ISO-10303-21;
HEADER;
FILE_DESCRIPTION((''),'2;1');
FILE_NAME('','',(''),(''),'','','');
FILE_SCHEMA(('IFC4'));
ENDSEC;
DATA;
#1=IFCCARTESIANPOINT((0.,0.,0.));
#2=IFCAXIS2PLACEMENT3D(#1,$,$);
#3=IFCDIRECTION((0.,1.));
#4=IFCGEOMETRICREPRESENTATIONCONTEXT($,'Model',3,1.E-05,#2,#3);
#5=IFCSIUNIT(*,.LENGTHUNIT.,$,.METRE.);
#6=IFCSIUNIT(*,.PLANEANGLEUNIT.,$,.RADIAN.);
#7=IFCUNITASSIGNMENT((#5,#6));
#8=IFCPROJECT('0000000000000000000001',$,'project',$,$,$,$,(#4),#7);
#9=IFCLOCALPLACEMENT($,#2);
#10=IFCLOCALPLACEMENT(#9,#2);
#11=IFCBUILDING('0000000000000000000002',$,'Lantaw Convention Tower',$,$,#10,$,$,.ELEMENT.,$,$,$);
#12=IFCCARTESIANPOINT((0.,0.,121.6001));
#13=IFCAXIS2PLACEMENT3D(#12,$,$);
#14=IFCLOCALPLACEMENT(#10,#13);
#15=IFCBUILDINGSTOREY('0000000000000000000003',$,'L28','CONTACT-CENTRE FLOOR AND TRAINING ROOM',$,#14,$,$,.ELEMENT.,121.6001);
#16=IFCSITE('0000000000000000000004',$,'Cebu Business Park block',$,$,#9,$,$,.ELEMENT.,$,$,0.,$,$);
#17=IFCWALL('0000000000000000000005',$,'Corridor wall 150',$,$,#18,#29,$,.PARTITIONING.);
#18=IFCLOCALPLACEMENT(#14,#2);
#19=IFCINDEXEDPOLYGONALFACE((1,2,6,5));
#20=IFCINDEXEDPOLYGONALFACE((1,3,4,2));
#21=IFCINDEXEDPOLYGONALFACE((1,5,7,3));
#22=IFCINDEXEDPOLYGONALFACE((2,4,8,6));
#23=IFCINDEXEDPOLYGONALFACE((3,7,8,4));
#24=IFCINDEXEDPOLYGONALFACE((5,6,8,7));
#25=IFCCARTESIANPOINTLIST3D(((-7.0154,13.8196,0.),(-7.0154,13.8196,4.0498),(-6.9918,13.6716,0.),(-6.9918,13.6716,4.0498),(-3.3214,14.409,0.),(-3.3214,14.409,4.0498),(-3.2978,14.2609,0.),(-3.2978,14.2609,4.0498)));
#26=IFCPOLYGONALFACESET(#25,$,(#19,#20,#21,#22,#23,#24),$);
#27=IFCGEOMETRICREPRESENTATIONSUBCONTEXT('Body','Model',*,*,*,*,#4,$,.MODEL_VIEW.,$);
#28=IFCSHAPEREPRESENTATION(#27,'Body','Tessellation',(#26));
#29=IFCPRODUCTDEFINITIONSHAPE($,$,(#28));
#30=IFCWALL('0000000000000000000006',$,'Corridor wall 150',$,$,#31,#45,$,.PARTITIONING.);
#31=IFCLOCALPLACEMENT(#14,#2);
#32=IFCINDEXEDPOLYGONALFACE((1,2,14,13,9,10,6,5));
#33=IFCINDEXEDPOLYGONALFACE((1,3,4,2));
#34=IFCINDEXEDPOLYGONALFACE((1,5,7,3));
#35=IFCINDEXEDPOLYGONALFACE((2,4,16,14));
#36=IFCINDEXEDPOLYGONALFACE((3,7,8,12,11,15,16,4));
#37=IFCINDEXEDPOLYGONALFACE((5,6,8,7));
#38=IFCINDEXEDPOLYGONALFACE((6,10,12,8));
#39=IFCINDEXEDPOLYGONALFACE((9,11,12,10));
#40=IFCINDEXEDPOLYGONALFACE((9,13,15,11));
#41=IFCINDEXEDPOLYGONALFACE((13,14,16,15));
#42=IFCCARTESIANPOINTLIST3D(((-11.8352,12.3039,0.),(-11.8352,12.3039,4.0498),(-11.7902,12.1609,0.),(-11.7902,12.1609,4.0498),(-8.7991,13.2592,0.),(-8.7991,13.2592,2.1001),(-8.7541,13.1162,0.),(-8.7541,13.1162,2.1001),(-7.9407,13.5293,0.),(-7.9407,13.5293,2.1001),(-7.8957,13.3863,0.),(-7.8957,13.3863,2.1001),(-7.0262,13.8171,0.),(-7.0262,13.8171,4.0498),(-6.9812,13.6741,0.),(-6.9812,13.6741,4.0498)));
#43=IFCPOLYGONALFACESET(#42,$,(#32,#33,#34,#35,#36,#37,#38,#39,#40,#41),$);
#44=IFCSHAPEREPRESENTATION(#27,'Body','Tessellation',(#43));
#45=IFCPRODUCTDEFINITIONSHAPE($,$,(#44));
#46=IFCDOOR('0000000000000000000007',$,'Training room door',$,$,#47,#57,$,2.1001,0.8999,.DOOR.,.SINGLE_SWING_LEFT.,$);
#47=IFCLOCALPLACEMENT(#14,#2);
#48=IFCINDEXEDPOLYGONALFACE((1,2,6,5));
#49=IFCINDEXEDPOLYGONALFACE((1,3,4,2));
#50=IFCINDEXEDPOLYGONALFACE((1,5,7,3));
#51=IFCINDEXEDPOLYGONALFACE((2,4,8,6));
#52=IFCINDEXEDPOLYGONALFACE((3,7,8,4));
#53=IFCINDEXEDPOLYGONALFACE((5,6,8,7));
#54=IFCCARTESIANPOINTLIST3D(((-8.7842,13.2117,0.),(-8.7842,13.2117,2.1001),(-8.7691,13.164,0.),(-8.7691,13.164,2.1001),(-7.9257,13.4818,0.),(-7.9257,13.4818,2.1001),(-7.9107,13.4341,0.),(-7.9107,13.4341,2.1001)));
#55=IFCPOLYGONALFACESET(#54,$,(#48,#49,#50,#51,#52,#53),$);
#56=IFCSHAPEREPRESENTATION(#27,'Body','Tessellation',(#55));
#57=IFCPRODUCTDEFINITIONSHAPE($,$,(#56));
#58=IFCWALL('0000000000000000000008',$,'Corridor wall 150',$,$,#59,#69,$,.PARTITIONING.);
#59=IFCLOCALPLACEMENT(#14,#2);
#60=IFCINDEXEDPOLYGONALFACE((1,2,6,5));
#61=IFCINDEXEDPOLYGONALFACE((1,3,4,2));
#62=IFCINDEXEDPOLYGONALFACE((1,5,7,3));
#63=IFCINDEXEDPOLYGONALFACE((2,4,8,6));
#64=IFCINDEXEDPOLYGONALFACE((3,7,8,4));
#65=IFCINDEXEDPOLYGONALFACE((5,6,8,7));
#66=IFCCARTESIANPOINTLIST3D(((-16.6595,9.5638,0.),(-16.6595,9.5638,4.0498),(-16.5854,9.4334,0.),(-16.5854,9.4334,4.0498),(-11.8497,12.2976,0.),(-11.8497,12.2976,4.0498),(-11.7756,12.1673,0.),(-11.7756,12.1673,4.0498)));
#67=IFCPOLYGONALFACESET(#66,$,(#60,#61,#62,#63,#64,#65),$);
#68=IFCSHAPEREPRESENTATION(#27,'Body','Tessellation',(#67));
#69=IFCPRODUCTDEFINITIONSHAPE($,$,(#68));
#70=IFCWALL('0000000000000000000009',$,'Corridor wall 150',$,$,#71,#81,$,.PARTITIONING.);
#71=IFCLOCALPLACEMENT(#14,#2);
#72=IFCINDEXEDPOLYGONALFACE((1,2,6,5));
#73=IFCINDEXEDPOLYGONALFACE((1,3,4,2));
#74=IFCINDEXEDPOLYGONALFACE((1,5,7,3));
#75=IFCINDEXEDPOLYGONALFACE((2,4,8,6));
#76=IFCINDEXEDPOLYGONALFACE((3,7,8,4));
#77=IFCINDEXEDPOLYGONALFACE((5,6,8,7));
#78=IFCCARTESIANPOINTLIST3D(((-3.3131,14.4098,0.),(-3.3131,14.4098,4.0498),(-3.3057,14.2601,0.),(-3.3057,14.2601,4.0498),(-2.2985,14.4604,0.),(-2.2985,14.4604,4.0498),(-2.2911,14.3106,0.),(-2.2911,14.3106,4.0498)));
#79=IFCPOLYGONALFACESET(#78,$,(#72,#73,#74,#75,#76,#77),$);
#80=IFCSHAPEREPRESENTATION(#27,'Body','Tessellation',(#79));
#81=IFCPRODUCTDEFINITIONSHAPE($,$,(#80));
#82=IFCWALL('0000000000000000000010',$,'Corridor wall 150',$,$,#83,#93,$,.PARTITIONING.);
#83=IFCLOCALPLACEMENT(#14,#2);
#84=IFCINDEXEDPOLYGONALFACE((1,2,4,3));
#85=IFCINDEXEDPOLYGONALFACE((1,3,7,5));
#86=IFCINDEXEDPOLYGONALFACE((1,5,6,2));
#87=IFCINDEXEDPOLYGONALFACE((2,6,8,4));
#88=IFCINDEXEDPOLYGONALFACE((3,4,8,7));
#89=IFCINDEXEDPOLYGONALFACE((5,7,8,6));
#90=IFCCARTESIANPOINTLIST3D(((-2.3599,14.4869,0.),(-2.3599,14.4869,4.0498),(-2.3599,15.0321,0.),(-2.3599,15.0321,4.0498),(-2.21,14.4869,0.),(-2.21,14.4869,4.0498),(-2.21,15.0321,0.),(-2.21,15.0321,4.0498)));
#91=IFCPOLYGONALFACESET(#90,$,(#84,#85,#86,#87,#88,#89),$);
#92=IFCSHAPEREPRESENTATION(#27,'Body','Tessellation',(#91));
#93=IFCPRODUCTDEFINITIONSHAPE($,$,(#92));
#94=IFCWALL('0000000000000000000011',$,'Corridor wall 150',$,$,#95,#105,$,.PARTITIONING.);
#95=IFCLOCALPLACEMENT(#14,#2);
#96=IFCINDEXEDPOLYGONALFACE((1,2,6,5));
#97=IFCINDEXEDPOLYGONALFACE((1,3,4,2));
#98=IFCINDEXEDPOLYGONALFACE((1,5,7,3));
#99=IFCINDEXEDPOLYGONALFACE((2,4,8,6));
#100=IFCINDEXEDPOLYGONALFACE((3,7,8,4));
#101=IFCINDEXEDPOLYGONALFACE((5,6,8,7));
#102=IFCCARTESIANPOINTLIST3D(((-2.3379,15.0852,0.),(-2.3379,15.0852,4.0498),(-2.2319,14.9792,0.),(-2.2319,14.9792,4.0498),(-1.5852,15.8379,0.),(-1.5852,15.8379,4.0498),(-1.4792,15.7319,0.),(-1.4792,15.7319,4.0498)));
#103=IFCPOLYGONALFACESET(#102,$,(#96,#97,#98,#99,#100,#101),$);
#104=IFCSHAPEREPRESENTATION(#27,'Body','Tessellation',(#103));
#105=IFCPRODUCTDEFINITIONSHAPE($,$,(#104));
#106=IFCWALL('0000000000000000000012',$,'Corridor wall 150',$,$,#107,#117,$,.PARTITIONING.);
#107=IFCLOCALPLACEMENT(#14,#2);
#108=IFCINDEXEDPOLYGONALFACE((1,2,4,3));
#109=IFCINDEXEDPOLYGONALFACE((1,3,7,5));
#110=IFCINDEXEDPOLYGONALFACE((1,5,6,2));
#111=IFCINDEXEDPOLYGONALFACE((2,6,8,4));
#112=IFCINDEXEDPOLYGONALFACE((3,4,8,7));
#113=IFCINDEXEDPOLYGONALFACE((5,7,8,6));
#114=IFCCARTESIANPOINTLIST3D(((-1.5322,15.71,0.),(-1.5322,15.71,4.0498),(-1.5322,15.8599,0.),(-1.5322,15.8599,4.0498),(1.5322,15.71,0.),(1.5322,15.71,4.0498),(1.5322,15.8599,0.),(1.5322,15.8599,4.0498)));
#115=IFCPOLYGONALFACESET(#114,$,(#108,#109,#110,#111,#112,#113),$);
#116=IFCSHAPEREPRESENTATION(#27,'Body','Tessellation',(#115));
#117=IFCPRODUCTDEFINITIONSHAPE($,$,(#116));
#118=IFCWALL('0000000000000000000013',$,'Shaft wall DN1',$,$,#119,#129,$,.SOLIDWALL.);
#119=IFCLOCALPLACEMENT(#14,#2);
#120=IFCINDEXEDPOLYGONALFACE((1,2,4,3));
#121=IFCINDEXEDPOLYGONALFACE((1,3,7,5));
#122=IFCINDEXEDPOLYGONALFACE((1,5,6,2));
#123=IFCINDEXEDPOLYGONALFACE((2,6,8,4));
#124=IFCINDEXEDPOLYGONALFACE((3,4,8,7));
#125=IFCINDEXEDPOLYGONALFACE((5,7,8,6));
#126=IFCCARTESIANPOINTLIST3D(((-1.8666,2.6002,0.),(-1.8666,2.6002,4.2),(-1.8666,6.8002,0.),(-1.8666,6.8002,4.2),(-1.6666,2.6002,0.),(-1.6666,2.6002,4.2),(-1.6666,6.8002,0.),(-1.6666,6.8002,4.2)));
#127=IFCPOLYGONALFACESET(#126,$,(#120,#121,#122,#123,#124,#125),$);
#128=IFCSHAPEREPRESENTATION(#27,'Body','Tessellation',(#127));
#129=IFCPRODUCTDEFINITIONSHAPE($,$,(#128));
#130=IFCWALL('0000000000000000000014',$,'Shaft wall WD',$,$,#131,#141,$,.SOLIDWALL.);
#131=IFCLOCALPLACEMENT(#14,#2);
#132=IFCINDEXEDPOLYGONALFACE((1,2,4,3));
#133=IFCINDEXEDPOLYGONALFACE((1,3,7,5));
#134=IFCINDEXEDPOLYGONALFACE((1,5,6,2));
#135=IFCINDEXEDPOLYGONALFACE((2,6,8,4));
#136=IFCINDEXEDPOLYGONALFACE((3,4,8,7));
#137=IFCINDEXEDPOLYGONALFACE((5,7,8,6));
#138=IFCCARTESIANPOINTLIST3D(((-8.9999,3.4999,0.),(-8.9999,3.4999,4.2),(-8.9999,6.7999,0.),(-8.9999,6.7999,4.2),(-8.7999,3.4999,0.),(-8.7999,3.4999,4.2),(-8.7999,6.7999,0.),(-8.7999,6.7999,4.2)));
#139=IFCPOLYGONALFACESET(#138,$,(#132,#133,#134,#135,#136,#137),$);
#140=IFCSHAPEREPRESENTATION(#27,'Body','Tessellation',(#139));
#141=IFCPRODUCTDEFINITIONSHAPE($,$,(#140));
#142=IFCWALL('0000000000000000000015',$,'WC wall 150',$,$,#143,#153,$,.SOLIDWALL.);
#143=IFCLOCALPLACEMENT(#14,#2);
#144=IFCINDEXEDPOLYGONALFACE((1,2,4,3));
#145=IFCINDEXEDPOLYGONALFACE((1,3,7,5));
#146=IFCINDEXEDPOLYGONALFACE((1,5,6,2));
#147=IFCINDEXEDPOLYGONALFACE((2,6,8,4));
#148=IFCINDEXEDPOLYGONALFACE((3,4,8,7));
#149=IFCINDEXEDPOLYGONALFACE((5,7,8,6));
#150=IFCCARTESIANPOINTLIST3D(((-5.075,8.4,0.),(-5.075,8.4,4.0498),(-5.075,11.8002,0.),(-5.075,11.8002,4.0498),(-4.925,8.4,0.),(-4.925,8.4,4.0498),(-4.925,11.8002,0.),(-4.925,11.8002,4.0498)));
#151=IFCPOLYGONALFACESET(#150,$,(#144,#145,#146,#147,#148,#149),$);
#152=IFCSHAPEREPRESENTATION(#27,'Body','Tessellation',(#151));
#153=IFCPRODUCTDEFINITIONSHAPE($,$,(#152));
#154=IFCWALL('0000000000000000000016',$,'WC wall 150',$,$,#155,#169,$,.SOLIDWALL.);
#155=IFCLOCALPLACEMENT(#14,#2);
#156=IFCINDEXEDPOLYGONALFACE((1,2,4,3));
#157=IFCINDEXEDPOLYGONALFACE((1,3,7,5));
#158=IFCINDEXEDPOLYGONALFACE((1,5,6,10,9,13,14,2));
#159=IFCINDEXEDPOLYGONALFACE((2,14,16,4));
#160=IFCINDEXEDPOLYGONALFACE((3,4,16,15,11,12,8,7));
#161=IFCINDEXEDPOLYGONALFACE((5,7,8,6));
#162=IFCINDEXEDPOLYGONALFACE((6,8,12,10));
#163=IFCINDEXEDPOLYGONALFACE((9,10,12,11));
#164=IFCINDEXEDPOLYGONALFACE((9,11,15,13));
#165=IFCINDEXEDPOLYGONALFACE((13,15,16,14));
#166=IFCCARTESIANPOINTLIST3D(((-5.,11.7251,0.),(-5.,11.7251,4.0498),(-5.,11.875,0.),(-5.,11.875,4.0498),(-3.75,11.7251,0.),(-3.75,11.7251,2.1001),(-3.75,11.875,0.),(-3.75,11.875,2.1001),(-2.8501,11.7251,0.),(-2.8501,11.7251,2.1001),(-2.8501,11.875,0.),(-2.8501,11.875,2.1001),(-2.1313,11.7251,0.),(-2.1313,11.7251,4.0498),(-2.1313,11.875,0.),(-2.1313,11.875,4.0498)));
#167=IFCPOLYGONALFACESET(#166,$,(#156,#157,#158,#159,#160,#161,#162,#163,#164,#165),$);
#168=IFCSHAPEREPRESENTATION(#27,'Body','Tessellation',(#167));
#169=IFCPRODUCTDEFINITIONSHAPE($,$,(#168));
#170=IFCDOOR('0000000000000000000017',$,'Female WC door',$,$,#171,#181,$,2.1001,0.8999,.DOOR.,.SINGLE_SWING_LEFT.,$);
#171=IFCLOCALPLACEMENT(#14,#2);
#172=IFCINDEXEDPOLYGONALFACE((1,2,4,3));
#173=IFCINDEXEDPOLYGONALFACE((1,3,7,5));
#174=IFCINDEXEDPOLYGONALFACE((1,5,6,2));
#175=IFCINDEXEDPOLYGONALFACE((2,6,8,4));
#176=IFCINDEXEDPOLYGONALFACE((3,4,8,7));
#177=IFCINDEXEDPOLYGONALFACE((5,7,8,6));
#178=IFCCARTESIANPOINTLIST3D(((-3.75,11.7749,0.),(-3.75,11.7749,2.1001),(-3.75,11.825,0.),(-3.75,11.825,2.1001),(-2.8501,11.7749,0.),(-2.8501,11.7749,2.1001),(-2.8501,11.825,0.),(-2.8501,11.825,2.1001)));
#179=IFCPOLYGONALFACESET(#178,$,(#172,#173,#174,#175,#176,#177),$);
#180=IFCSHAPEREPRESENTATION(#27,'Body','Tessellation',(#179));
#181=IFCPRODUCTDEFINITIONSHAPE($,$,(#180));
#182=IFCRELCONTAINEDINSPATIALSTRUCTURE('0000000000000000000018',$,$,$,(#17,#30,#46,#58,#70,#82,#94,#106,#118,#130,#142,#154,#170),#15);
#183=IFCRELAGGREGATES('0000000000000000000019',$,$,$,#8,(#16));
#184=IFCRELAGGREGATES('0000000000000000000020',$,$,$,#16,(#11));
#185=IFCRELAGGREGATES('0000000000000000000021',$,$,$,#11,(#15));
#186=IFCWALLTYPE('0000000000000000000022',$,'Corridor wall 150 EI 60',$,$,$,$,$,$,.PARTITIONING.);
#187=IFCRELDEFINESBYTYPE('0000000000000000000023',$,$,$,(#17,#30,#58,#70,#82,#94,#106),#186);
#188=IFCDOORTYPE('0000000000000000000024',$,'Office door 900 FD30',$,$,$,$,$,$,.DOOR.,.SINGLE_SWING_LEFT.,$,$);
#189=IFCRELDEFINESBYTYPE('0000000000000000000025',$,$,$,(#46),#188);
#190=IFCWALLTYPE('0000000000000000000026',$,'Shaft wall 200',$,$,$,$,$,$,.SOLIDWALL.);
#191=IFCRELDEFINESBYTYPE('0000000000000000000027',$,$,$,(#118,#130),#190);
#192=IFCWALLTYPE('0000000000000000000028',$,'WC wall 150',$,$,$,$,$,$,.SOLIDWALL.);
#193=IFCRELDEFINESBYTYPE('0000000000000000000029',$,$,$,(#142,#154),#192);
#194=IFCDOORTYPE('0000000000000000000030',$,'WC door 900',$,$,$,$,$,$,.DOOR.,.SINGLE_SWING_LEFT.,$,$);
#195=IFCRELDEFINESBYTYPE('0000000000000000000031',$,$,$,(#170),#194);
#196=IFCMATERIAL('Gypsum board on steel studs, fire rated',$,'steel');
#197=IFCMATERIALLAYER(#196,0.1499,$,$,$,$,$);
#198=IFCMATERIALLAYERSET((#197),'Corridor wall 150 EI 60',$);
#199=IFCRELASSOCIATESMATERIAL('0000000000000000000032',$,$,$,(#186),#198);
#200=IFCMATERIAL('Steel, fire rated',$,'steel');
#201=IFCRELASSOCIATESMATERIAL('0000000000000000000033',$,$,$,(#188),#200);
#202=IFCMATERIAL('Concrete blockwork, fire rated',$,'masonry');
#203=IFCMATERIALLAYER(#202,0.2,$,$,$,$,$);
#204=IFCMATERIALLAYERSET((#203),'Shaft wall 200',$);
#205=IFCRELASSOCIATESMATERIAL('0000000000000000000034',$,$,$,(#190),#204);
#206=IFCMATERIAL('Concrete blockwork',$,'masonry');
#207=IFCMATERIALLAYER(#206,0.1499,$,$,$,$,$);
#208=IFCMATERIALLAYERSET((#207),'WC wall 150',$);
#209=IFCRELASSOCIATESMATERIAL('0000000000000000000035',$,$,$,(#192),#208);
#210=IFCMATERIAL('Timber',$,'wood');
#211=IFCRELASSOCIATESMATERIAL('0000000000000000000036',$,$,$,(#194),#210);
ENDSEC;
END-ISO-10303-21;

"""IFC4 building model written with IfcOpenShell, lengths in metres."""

from ifc_helpers import new_model, si_unit, direction, frame, frame_2d, origin, place, context, subcontext, project, spatial, rectangle, extrude, material, layer, layer_set, type_object, element, fill, save


model = new_model("IFC4")

# Units and contexts
model_context = context("Model", 3, precision=1e-05, world=origin(), true_north=direction((0.0, 1.0)))
body_context = subcontext(model_context, "Body", "Model", "MODEL_VIEW")
ifc_project = project(units=[si_unit("LENGTHUNIT", "METRE"), si_unit("PLANEANGLEUNIT", "RADIAN")], contexts=[model_context])

# Site, building, storey
site_placement = place(None, origin())
site = spatial("IfcSite", under=ifc_project, at=site_placement, Name="Cebu Business Park block", CompositionType="ELEMENT", RefElevation=0.0)
building_placement = place(site_placement, origin())
building = spatial("IfcBuilding", under=site, at=building_placement, Name="Lantaw Convention Tower", CompositionType="ELEMENT")
storey_placement = place(building_placement, frame((0.0, 0.0, 121.6001)))
storey = spatial("IfcBuildingStorey", under=building, at=storey_placement, Name="L28", Description="CONTACT-CENTRE FLOOR AND TRAINING ROOM", CompositionType="ELEMENT", Elevation=121.6001)

# Shared definitions
ifc_material_1 = material(Name="Steel, fire rated", Category="steel")

# Wall
ifc_material_2 = material(Name="Gypsum board on steel studs, fire rated", Category="steel")
ifc_layer_1 = layer(ifc_material_2, 0.1499)
ifc_layer_set_1 = layer_set([ifc_layer_1], Name="Corridor wall 150 EI 60")
wall_type_1 = type_object("IfcWallType", Name="Corridor wall 150 EI 60", PredefinedType="PARTITIONING", material=ifc_layer_set_1)
wall_1_placement = place(storey_placement, frame((-3.3096, 14.335, 0.0), z_axis=(0.0, 0.0, 1.0), x_axis=(-0.987511, -0.157548, 0.0)))
element("IfcWall", 1, at=wall_1_placement, inside=storey, type_object=wall_type_1, Name="Corridor wall 150", PredefinedType="PARTITIONING", context=body_context, shape_type="SweptSolid", body=[
    extrude(rectangle(XDim=3.7407, YDim=0.1499, at=frame_2d((1.8704, 0.0))), origin(), (0.0, 0.0, 1.0), 4.0498),
])

# Wall, opening, door
wall_2_placement = place(storey_placement, frame((-7.0037, 13.7456, 0.0), z_axis=(0.0, 0.0, 1.0), x_axis=(-0.953894, -0.300144, 0.0)))
wall_2 = element("IfcWall", 2, at=wall_2_placement, inside=storey, type_object=wall_type_1, Name="Corridor wall 150", PredefinedType="PARTITIONING", context=body_context, shape_type="SweptSolid", body=[
    extrude(rectangle(XDim=5.0415, YDim=0.1499, at=frame_2d((2.5208, 0.0))), origin(), (0.0, 0.0, 1.0), 4.0498),
])
opening_1_placement = place(wall_2_placement, frame((0.9587, 0.0, 0.0)))
opening_1 = element("IfcOpeningElement", 3, at=opening_1_placement, cuts=wall_2, PredefinedType="OPENING", context=body_context, shape_type="SweptSolid", body=[
    extrude(rectangle(XDim=0.8999, YDim=2.1001, at=frame_2d((0.45, 1.05))), frame((0.0, 0.085, 0.0), z_axis=(0.0, -1.0, 0.0), x_axis=(1.0, 0.0, 0.0)), (0.0, 0.0, 1.0), 0.1699),
])
door_type_1 = type_object("IfcDoorType", Name="Office door 900 FD30", OperationType="SINGLE_SWING_LEFT", PredefinedType="DOOR", material=ifc_material_1)
door_1_placement = place(opening_1_placement, origin())
door_1 = element("IfcDoor", 4, at=door_1_placement, inside=storey, type_object=door_type_1, Name="Training room door", OperationType="SINGLE_SWING_LEFT", OverallHeight=2.1001, OverallWidth=0.8999, PredefinedType="DOOR", context=body_context, shape_type="SweptSolid", body=[
    extrude(rectangle(XDim=0.8999, YDim=2.1001, at=frame_2d((0.45, 1.05))), frame((0.0, 0.0249, 0.0), z_axis=(0.0, -1.0, 0.0), x_axis=(1.0, 0.0, 0.0)), (0.0, 0.0, 1.0), 0.05),
])
fill(opening_1, door_1)

# Walls
wall_3_placement = place(storey_placement, frame((-11.8127, 12.2324, 0.0), z_axis=(0.0, 0.0, 1.0), x_axis=(-0.869376, -0.494151, 0.0)))
element("IfcWall", 5, at=wall_3_placement, inside=storey, type_object=wall_type_1, Name="Corridor wall 150", PredefinedType="PARTITIONING", context=body_context, shape_type="SweptSolid", body=[
    extrude(rectangle(XDim=5.5325, YDim=0.1499, at=frame_2d((2.7661, 0.0))), origin(), (0.0, 0.0, 1.0), 4.0498),
])
wall_4_placement = place(storey_placement, frame((-2.2949, 14.3855, 0.0), z_axis=(0.0, 0.0, 1.0), x_axis=(-0.998762, -0.049746, 0.0)))
element("IfcWall", 6, at=wall_4_placement, inside=storey, type_object=wall_type_1, Name="Corridor wall 150", PredefinedType="PARTITIONING", context=body_context, shape_type="SweptSolid", body=[
    extrude(rectangle(XDim=1.0159, YDim=0.1499, at=frame_2d((0.5078, 0.0))), origin(), (0.0, 0.0, 1.0), 4.0498),
])
wall_5_placement = place(storey_placement, frame((-2.2849, 14.4871, 0.0), z_axis=(0.0, 0.0, 1.0), x_axis=(0.0, 1.0, 0.0)))
element("IfcWall", 7, at=wall_5_placement, inside=storey, type_object=wall_type_1, Name="Corridor wall 150", PredefinedType="PARTITIONING", context=body_context, shape_type="SweptSolid", body=[
    extrude(rectangle(XDim=0.5452, YDim=0.1499, at=frame_2d((0.2725, 0.0))), origin(), (0.0, 0.0, 1.0), 4.0498),
])
wall_6_placement = place(storey_placement, frame((-2.2849, 15.0322, 0.0), z_axis=(0.0, 0.0, 1.0), x_axis=(0.707107, 0.707107, 0.0)))
element("IfcWall", 8, at=wall_6_placement, inside=storey, type_object=wall_type_1, Name="Corridor wall 150", PredefinedType="PARTITIONING", context=body_context, shape_type="SweptSolid", body=[
    extrude(rectangle(XDim=1.0645, YDim=0.1499, at=frame_2d((0.5322, 0.0))), origin(), (0.0, 0.0, 1.0), 4.0498),
])
wall_7_placement = place(storey_placement, frame((-1.5322, 15.7849, 0.0), z_axis=(0.0, 0.0, 1.0), x_axis=(1.0, 0.0, 0.0)))
element("IfcWall", 9, at=wall_7_placement, inside=storey, type_object=wall_type_1, Name="Corridor wall 150", PredefinedType="PARTITIONING", context=body_context, shape_type="SweptSolid", body=[
    extrude(rectangle(XDim=3.0645, YDim=0.1499, at=frame_2d((1.5322, 0.0))), origin(), (0.0, 0.0, 1.0), 4.0498),
])
ifc_material_3 = material(Name="Concrete blockwork, fire rated", Category="masonry")
ifc_layer_2 = layer(ifc_material_3, 0.2)
ifc_layer_set_2 = layer_set([ifc_layer_2], Name="Shaft wall 200")
wall_type_2 = type_object("IfcWallType", Name="Shaft wall 200", PredefinedType="SOLIDWALL", material=ifc_layer_set_2)
wall_8_placement = place(storey_placement, frame((-1.7666, 2.6001, 0.0), z_axis=(0.0, 0.0, 1.0), x_axis=(0.0, 1.0, 0.0)))
element("IfcWall", 10, at=wall_8_placement, inside=storey, type_object=wall_type_2, Name="Shaft wall DN1", PredefinedType="SOLIDWALL", context=body_context, shape_type="SweptSolid", body=[
    extrude(rectangle(XDim=4.2, YDim=0.2, at=frame_2d((2.1001, 0.0))), origin(), (0.0, 0.0, 1.0), 4.2),
])
wall_9_placement = place(storey_placement, frame((-8.8999, 3.5, 0.0), z_axis=(0.0, 0.0, 1.0), x_axis=(0.0, 1.0, 0.0)))
element("IfcWall", 11, at=wall_9_placement, inside=storey, type_object=wall_type_2, Name="Shaft wall WD", PredefinedType="SOLIDWALL", context=body_context, shape_type="SweptSolid", body=[
    extrude(rectangle(XDim=3.3, YDim=0.2, at=frame_2d((1.6499, 0.0))), origin(), (0.0, 0.0, 1.0), 4.2),
])
ifc_material_4 = material(Name="Concrete blockwork", Category="masonry")
ifc_layer_3 = layer(ifc_material_4, 0.1499)
ifc_layer_set_3 = layer_set([ifc_layer_3], Name="WC wall 150")
wall_type_3 = type_object("IfcWallType", Name="WC wall 150", PredefinedType="SOLIDWALL", material=ifc_layer_set_3)
wall_10_placement = place(storey_placement, frame((-5.0, 8.3999, 0.0), z_axis=(0.0, 0.0, 1.0), x_axis=(0.0, 1.0, 0.0)))
element("IfcWall", 12, at=wall_10_placement, inside=storey, type_object=wall_type_3, Name="WC wall 150", PredefinedType="SOLIDWALL", context=body_context, shape_type="SweptSolid", body=[
    extrude(rectangle(XDim=3.4001, YDim=0.1499, at=frame_2d((1.7002, 0.0))), origin(), (0.0, 0.0, 1.0), 4.0498),
])

# Wall, opening, door
wall_11_placement = place(storey_placement, frame((-5.0, 11.8, 0.0), z_axis=(0.0, 0.0, 1.0), x_axis=(1.0, 0.0, 0.0)))
wall_11 = element("IfcWall", 13, at=wall_11_placement, inside=storey, type_object=wall_type_3, Name="WC wall 150", PredefinedType="SOLIDWALL", context=body_context, shape_type="SweptSolid", body=[
    extrude(rectangle(XDim=2.8687, YDim=0.1499, at=frame_2d((1.4343, 0.0))), origin(), (0.0, 0.0, 1.0), 4.0498),
])
opening_2_placement = place(wall_11_placement, frame((1.25, 0.0, 0.0)))
opening_2 = element("IfcOpeningElement", 14, at=opening_2_placement, cuts=wall_11, PredefinedType="OPENING", context=body_context, shape_type="SweptSolid", body=[
    extrude(rectangle(XDim=0.8999, YDim=2.1001, at=frame_2d((0.45, 1.05))), frame((0.0, 0.085, 0.0), z_axis=(0.0, -1.0, 0.0), x_axis=(1.0, 0.0, 0.0)), (0.0, 0.0, 1.0), 0.1699),
])
ifc_material_5 = material(Name="Timber", Category="wood")
door_type_2 = type_object("IfcDoorType", Name="WC door 900", OperationType="SINGLE_SWING_LEFT", PredefinedType="DOOR", material=ifc_material_5)
door_2_placement = place(opening_2_placement, origin())
door_2 = element("IfcDoor", 15, at=door_2_placement, inside=storey, type_object=door_type_2, Name="Female WC door", OperationType="SINGLE_SWING_LEFT", OverallHeight=2.1001, OverallWidth=0.8999, PredefinedType="DOOR", context=body_context, shape_type="SweptSolid", body=[
    extrude(rectangle(XDim=0.8999, YDim=2.1001, at=frame_2d((0.45, 1.05))), frame((0.0, 0.0249, 0.0), z_axis=(0.0, -1.0, 0.0), x_axis=(1.0, 0.0, 0.0)), (0.0, 0.0, 1.0), 0.05),
])
fill(opening_2, door_2)

save(model, "model.ifc")
